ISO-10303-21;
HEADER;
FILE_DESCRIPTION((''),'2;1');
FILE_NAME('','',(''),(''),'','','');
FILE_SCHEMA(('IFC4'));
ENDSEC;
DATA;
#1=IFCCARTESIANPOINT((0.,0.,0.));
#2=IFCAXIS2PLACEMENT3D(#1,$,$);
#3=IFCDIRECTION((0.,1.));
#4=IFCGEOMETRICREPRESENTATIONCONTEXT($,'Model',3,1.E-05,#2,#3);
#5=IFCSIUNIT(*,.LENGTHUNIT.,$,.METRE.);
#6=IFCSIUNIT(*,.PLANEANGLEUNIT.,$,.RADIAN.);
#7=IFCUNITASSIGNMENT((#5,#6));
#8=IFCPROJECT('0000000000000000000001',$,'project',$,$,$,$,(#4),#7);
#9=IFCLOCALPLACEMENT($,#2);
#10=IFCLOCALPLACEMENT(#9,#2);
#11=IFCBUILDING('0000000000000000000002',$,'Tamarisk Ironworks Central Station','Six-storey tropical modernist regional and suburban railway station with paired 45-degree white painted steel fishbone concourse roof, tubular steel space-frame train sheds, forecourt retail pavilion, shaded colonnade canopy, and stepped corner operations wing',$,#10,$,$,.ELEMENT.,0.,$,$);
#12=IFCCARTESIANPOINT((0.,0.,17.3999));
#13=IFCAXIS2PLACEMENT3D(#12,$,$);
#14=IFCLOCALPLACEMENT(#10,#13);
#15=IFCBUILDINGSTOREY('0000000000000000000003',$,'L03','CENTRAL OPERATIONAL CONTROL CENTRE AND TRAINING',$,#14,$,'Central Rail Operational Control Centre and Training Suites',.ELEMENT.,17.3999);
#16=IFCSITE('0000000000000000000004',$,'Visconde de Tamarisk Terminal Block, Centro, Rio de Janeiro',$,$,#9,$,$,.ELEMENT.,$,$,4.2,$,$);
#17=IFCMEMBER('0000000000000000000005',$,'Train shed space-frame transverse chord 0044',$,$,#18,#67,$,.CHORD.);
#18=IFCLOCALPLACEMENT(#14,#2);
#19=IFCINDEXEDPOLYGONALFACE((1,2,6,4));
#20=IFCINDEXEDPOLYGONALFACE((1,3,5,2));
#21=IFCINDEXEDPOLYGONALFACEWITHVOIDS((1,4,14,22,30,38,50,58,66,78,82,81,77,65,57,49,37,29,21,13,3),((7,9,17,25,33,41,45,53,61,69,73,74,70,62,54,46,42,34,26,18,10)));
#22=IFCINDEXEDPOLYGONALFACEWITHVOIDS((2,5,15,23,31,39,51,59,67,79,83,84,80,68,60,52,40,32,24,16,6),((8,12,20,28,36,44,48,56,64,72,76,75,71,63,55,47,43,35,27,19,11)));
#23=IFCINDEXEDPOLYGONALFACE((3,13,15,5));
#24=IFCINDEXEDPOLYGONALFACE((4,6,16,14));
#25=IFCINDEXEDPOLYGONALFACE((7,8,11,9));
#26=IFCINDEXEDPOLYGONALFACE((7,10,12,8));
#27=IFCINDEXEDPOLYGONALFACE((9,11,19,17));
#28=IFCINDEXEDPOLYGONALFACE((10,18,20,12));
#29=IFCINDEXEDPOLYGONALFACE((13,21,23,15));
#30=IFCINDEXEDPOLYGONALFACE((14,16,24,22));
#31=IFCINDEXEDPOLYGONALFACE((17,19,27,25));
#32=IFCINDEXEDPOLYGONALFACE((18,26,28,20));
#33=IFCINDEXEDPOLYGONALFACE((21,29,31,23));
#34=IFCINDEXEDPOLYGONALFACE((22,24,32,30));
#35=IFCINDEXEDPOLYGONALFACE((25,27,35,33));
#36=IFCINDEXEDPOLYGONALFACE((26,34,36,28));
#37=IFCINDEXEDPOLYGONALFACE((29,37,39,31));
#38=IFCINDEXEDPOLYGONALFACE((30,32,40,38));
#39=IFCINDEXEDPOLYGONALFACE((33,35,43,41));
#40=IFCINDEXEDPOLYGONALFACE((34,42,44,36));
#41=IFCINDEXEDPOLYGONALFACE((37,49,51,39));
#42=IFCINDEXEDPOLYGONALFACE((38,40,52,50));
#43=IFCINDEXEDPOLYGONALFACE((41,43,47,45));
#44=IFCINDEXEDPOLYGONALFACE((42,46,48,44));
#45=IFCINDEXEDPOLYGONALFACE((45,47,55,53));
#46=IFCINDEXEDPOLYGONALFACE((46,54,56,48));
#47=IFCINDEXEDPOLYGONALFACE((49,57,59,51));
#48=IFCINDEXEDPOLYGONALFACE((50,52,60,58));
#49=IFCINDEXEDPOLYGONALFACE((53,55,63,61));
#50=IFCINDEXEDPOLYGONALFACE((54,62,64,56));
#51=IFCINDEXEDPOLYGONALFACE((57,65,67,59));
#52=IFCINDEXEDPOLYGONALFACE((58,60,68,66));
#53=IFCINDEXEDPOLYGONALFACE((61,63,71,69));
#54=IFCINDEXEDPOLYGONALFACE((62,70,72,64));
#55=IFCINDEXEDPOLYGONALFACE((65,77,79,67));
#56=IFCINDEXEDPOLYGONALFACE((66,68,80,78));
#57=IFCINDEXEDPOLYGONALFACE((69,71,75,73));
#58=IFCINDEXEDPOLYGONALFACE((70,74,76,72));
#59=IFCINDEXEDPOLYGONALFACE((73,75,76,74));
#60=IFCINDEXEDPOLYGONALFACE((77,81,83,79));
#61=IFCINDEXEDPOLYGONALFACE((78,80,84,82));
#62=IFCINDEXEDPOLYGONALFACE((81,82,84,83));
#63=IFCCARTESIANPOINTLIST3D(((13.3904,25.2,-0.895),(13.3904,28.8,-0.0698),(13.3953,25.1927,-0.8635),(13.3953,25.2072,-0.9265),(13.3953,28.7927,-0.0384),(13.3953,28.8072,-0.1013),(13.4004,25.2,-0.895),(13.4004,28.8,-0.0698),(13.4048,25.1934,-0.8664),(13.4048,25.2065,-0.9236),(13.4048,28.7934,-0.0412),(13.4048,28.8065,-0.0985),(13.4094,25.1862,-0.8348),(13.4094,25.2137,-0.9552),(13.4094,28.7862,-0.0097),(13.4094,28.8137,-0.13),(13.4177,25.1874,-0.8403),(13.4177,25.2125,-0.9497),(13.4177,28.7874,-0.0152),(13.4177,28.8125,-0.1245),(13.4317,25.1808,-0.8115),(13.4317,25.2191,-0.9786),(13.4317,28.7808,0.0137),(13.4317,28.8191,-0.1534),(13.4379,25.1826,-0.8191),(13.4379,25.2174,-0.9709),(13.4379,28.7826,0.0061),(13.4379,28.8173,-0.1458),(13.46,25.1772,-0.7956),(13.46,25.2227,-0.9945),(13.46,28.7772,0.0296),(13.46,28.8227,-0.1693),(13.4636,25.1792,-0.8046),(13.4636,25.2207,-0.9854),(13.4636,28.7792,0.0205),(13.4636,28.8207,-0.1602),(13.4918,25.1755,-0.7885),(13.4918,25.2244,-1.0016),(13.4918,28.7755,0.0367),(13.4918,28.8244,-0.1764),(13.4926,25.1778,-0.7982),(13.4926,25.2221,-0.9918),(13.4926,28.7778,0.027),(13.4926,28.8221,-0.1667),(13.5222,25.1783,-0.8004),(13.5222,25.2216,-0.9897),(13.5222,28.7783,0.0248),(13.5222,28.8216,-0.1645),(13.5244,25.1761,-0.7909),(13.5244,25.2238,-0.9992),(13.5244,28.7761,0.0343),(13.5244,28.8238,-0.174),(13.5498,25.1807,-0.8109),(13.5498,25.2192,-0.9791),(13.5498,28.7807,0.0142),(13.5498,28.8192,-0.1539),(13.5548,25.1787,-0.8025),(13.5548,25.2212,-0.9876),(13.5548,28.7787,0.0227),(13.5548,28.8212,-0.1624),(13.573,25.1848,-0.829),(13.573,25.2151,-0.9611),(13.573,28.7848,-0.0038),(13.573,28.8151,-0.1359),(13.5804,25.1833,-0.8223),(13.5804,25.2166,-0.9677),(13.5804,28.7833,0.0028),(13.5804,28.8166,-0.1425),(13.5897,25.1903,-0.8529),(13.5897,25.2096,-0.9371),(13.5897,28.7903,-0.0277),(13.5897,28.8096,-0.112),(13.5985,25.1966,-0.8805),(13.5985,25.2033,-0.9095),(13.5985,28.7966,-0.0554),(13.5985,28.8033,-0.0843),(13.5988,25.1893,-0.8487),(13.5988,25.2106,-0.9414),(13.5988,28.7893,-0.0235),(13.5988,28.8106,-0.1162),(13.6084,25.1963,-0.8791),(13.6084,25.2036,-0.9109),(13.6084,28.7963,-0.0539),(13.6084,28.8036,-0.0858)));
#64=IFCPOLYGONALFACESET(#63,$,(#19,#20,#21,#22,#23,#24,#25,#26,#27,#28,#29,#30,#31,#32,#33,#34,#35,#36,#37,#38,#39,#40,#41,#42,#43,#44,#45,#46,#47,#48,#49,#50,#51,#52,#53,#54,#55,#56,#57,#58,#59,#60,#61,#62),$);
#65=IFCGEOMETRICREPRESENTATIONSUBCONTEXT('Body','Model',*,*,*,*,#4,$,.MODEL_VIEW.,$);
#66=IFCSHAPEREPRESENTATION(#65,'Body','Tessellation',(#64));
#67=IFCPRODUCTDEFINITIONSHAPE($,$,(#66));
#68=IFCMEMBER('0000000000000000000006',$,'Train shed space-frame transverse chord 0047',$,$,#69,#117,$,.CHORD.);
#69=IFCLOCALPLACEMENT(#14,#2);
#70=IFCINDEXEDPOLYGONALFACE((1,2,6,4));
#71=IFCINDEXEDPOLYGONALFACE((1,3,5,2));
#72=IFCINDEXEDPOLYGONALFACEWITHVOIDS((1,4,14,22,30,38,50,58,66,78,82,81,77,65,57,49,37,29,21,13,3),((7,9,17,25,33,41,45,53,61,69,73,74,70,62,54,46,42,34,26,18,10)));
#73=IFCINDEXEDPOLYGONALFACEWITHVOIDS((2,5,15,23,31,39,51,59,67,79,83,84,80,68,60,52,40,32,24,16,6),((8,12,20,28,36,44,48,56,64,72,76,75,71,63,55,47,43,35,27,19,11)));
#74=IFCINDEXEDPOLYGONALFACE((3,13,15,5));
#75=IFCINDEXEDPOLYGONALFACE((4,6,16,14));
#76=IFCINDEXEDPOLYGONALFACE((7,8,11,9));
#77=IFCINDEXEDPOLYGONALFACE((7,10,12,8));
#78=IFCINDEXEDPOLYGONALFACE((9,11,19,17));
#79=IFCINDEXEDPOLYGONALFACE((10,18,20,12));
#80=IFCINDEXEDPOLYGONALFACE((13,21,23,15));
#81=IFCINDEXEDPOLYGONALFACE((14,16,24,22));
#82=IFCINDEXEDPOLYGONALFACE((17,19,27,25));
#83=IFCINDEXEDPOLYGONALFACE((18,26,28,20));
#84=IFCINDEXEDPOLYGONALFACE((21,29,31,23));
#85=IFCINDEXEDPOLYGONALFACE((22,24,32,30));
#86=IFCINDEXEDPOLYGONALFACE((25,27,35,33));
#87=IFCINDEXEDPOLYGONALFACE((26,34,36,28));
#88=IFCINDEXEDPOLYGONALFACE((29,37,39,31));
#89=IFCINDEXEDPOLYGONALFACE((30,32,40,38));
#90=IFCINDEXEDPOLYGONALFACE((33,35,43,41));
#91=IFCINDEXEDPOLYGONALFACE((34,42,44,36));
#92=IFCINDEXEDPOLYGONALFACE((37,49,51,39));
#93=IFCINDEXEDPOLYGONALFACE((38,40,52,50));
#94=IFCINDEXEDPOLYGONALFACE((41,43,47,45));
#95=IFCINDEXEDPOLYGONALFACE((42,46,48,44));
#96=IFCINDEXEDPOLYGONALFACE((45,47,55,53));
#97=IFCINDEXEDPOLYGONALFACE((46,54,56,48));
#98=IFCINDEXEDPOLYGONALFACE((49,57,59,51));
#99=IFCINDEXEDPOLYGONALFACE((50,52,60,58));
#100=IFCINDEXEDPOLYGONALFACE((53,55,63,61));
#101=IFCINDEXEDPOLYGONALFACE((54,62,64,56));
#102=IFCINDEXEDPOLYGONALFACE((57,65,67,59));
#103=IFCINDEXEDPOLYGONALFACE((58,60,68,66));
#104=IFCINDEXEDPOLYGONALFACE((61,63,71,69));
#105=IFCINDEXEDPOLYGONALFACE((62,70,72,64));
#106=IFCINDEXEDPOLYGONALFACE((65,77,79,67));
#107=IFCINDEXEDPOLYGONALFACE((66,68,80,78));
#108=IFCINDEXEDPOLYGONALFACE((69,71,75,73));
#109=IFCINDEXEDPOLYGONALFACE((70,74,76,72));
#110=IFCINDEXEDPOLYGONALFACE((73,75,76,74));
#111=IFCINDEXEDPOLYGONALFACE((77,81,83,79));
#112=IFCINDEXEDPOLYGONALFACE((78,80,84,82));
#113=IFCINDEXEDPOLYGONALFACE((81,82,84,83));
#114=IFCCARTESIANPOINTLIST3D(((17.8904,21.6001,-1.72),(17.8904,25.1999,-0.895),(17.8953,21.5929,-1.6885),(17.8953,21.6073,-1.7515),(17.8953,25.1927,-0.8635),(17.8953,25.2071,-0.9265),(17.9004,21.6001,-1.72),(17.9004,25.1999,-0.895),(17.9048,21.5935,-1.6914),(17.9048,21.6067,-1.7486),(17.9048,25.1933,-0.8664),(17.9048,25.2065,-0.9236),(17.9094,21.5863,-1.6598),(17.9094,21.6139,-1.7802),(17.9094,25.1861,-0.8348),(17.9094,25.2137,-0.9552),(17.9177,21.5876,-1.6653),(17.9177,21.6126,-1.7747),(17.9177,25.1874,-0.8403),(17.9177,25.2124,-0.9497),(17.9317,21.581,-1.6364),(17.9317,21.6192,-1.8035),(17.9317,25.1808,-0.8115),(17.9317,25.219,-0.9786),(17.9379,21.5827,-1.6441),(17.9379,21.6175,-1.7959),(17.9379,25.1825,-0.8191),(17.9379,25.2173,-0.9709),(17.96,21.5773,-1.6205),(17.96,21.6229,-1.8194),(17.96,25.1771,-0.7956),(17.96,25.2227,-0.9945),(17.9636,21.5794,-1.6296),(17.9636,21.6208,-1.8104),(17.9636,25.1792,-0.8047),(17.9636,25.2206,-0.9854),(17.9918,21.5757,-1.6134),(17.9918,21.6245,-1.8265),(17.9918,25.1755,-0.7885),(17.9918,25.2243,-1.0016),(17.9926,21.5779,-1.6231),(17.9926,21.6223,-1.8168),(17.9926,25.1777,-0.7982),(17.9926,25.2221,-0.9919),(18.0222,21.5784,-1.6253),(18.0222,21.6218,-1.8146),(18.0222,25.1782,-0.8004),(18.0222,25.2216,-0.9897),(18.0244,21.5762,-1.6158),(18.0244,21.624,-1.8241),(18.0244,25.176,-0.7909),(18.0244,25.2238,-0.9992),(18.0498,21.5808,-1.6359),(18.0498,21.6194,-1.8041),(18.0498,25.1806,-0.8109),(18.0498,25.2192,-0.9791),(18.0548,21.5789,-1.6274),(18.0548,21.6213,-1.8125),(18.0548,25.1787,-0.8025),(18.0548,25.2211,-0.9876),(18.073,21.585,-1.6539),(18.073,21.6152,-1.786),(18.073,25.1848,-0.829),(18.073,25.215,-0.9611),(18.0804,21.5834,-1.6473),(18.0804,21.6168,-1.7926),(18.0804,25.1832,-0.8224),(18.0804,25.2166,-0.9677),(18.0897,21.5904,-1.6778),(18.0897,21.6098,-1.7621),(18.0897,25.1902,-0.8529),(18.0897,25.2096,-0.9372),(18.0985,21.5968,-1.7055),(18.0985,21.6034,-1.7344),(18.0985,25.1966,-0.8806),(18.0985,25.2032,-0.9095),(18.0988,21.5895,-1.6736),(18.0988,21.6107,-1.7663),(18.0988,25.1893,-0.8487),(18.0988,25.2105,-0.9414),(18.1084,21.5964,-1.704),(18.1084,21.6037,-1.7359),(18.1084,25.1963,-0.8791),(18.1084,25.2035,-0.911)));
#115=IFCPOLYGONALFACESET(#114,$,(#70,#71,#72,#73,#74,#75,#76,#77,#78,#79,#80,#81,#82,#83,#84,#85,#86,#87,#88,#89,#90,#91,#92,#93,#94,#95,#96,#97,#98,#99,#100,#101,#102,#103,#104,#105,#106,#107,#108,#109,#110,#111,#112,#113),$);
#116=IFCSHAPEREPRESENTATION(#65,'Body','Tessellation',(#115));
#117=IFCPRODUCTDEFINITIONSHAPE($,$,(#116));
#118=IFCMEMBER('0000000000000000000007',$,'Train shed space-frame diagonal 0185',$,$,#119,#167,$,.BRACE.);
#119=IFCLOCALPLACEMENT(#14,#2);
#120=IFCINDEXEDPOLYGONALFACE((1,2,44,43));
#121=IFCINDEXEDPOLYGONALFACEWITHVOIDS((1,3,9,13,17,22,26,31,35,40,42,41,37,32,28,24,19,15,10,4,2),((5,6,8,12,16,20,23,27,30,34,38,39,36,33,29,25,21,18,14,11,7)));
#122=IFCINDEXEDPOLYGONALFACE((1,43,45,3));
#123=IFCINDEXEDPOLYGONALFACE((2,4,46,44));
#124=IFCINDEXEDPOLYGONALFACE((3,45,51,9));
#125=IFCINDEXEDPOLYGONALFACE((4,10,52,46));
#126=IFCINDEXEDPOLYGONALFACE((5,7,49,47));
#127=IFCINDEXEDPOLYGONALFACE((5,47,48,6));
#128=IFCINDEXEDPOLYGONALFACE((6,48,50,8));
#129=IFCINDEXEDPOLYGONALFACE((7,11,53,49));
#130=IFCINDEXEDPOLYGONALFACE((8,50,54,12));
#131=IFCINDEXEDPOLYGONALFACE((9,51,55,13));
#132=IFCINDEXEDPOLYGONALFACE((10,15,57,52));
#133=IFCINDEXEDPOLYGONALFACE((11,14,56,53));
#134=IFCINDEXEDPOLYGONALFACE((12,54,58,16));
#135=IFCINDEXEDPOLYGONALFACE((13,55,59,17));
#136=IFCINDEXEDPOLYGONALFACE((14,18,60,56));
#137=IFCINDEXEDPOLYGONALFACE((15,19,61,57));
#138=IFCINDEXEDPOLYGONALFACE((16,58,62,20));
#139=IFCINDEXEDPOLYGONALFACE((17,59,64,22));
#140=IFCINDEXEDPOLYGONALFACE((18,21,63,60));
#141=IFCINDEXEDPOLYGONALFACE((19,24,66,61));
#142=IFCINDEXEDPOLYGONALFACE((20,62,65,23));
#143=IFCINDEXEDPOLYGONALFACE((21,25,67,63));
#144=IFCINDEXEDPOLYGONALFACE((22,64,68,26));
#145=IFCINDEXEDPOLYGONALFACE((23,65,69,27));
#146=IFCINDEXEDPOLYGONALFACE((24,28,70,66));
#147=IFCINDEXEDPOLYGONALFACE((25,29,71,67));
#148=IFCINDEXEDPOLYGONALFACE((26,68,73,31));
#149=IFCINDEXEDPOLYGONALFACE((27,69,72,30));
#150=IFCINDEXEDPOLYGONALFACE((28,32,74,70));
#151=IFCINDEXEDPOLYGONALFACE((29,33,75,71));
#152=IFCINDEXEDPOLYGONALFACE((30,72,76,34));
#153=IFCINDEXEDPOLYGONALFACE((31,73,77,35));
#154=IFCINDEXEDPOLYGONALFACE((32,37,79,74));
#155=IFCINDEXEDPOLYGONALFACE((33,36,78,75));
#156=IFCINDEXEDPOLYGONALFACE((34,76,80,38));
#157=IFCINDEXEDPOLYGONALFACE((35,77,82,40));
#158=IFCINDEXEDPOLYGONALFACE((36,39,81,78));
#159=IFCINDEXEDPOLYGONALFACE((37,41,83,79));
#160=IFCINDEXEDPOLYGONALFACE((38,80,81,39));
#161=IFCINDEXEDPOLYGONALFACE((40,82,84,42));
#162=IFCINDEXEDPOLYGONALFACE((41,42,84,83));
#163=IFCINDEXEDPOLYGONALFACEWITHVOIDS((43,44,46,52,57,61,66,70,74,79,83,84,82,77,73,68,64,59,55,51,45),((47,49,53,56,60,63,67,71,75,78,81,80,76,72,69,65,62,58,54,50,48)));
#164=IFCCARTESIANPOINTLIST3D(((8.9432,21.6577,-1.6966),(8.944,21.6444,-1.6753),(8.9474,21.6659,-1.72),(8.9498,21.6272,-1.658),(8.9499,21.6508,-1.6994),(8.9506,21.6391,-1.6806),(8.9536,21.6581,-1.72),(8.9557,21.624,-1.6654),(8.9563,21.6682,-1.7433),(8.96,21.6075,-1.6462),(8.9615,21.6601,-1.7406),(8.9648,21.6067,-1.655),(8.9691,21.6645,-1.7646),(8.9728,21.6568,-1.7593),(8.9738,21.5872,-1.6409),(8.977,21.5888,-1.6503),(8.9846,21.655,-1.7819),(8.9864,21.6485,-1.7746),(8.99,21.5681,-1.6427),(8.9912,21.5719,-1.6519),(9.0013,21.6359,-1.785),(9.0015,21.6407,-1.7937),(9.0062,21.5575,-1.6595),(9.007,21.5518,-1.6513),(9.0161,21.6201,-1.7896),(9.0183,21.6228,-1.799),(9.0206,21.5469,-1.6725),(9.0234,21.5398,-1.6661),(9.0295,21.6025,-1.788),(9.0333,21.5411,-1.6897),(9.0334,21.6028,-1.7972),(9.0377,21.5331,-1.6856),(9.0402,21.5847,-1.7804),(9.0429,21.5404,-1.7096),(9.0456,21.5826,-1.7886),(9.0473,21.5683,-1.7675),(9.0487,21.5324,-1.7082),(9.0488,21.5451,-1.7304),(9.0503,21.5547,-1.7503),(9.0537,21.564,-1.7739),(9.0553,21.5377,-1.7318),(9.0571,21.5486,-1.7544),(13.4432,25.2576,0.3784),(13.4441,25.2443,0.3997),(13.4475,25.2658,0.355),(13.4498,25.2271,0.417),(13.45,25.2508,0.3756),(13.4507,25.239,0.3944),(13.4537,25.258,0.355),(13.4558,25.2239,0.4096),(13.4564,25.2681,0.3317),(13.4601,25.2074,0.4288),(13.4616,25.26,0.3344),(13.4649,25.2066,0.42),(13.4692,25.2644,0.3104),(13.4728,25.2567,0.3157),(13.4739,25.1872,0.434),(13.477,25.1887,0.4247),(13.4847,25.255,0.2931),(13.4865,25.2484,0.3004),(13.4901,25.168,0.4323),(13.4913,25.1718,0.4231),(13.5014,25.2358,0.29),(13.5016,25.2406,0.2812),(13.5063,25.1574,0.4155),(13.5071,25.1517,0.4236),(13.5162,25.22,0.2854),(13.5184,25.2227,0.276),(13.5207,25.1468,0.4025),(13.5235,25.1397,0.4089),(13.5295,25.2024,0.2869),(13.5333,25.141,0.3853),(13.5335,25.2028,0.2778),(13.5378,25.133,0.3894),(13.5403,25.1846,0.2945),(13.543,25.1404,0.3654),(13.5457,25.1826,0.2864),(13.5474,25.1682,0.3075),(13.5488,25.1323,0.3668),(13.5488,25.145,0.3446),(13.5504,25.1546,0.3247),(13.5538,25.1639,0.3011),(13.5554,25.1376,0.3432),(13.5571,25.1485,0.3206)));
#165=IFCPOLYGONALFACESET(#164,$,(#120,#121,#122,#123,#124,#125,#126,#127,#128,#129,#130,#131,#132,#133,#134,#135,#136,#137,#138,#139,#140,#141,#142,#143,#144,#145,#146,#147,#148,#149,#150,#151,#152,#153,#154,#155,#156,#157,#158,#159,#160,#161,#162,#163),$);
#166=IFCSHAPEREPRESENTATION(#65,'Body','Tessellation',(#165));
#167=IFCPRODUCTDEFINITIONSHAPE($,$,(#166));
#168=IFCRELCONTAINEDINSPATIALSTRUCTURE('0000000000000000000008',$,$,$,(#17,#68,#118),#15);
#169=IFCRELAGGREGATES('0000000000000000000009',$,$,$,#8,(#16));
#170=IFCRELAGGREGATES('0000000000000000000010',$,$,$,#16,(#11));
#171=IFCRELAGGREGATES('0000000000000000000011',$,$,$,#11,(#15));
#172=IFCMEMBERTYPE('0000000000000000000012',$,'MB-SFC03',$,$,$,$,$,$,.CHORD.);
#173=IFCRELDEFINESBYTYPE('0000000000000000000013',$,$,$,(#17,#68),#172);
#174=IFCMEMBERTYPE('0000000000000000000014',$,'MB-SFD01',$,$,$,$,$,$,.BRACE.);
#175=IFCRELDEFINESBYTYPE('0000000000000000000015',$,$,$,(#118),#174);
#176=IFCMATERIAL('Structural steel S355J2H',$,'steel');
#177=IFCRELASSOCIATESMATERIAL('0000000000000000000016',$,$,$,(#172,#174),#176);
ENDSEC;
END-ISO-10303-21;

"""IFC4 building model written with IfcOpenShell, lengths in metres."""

from ifc_helpers import new_model, si_unit, direction, frame, origin, origin_2d, place, context, subcontext, project, spatial, hollow_circle, extrude, material, material_profile, profile_set, type_object, element, save


model = new_model("IFC4")

# Units and contexts
model_context = context("Model", 3, precision=1e-05, world=origin(), true_north=direction((0.0, 1.0)))
body_context = subcontext(model_context, "Body", "Model", "MODEL_VIEW")
ifc_project = project(units=[si_unit("LENGTHUNIT", "METRE"), si_unit("PLANEANGLEUNIT", "RADIAN")], contexts=[model_context])

# Site, building, storey
site_placement = place(None, origin())
site = spatial("IfcSite", under=ifc_project, at=site_placement, Name="Visconde de Tamarisk Terminal Block, Centro, Rio de Janeiro", CompositionType="ELEMENT", RefElevation=4.2)
building_placement = place(site_placement, origin())
building = spatial("IfcBuilding", under=site, at=building_placement, Name="Tamarisk Ironworks Central Station", Description="Six-storey tropical modernist regional and suburban railway station with paired 45-degree white painted steel fishbone concourse roof, tubular steel space-frame train sheds, forecourt retail pavilion, shaded colonnade canopy, and stepped corner operations wing", CompositionType="ELEMENT", ElevationOfRefHeight=0.0)
storey_placement = place(building_placement, frame((0.0, 0.0, 17.3999)))
storey = spatial("IfcBuildingStorey", under=building, at=storey_placement, Name="L03", Description="CENTRAL OPERATIONAL CONTROL CENTRE AND TRAINING", LongName="Central Rail Operational Control Centre and Training Suites", CompositionType="ELEMENT", Elevation=17.3999)

# Members
ifc_material_1 = material(Name="Structural steel S355J2H", Category="steel")
ifc_material_profile_1 = material_profile(ifc_material_1, hollow_circle(Radius=0.1096, WallThickness=0.01, at=origin_2d()), Name="CHS 219.1x10")
ifc_profile_set_1 = profile_set([ifc_material_profile_1], Name="Structural steel S355J2H")
member_type_1 = type_object("IfcMemberType", Name="MB-SFC03", PredefinedType="CHORD", material=ifc_profile_set_1)
member_1_placement = place(storey_placement, frame((13.5, 25.2, -0.895), z_axis=(0.0, 0.974722, 0.223421), x_axis=(-1.0, 0.0, 0.0)))
element("IfcMember", 1, at=member_1_placement, inside=storey, type_object=member_type_1, Name="Train shed space-frame transverse chord 0044", PredefinedType="CHORD", context=body_context, shape_type="SweptSolid", body=[
    extrude(hollow_circle(Radius=0.1096, WallThickness=0.01, at=origin_2d()), origin(), (0.0, 0.0, 1.0), 3.6934),
])
member_2_placement = place(storey_placement, frame((18.0, 21.6001, -1.72), z_axis=(0.0, 0.974733, 0.223372), x_axis=(-1.0, 0.0, 0.0)))
element("IfcMember", 2, at=member_2_placement, inside=storey, type_object=member_type_1, Name="Train shed space-frame transverse chord 0047", PredefinedType="CHORD", context=body_context, shape_type="SweptSolid", body=[
    extrude(hollow_circle(Radius=0.1096, WallThickness=0.01, at=origin_2d()), origin(), (0.0, 0.0, 1.0), 3.6931),
])
ifc_material_profile_2 = material_profile(ifc_material_1, hollow_circle(Radius=0.0842, WallThickness=0.01, at=origin_2d()), Name="CHS 168.3x10")
ifc_profile_set_2 = profile_set([ifc_material_profile_2], Name="Structural steel S355J2H")
member_type_2 = type_object("IfcMemberType", Name="MB-SFD01", PredefinedType="BRACE", material=ifc_profile_set_2)
member_3_placement = place(storey_placement, frame((9.0, 21.6001, -1.72), z_axis=(0.734706, 0.587741, 0.338773), x_axis=(-0.62468, 0.780881, 0.0)))
element("IfcMember", 3, at=member_3_placement, inside=storey, type_object=member_type_2, Name="Train shed space-frame diagonal 0185", PredefinedType="BRACE", context=body_context, shape_type="SweptSolid", body=[
    extrude(hollow_circle(Radius=0.0842, WallThickness=0.01, at=origin_2d()), origin(), (0.0, 0.0, 1.0), 6.125),
])

save(model, "model.ifc")
